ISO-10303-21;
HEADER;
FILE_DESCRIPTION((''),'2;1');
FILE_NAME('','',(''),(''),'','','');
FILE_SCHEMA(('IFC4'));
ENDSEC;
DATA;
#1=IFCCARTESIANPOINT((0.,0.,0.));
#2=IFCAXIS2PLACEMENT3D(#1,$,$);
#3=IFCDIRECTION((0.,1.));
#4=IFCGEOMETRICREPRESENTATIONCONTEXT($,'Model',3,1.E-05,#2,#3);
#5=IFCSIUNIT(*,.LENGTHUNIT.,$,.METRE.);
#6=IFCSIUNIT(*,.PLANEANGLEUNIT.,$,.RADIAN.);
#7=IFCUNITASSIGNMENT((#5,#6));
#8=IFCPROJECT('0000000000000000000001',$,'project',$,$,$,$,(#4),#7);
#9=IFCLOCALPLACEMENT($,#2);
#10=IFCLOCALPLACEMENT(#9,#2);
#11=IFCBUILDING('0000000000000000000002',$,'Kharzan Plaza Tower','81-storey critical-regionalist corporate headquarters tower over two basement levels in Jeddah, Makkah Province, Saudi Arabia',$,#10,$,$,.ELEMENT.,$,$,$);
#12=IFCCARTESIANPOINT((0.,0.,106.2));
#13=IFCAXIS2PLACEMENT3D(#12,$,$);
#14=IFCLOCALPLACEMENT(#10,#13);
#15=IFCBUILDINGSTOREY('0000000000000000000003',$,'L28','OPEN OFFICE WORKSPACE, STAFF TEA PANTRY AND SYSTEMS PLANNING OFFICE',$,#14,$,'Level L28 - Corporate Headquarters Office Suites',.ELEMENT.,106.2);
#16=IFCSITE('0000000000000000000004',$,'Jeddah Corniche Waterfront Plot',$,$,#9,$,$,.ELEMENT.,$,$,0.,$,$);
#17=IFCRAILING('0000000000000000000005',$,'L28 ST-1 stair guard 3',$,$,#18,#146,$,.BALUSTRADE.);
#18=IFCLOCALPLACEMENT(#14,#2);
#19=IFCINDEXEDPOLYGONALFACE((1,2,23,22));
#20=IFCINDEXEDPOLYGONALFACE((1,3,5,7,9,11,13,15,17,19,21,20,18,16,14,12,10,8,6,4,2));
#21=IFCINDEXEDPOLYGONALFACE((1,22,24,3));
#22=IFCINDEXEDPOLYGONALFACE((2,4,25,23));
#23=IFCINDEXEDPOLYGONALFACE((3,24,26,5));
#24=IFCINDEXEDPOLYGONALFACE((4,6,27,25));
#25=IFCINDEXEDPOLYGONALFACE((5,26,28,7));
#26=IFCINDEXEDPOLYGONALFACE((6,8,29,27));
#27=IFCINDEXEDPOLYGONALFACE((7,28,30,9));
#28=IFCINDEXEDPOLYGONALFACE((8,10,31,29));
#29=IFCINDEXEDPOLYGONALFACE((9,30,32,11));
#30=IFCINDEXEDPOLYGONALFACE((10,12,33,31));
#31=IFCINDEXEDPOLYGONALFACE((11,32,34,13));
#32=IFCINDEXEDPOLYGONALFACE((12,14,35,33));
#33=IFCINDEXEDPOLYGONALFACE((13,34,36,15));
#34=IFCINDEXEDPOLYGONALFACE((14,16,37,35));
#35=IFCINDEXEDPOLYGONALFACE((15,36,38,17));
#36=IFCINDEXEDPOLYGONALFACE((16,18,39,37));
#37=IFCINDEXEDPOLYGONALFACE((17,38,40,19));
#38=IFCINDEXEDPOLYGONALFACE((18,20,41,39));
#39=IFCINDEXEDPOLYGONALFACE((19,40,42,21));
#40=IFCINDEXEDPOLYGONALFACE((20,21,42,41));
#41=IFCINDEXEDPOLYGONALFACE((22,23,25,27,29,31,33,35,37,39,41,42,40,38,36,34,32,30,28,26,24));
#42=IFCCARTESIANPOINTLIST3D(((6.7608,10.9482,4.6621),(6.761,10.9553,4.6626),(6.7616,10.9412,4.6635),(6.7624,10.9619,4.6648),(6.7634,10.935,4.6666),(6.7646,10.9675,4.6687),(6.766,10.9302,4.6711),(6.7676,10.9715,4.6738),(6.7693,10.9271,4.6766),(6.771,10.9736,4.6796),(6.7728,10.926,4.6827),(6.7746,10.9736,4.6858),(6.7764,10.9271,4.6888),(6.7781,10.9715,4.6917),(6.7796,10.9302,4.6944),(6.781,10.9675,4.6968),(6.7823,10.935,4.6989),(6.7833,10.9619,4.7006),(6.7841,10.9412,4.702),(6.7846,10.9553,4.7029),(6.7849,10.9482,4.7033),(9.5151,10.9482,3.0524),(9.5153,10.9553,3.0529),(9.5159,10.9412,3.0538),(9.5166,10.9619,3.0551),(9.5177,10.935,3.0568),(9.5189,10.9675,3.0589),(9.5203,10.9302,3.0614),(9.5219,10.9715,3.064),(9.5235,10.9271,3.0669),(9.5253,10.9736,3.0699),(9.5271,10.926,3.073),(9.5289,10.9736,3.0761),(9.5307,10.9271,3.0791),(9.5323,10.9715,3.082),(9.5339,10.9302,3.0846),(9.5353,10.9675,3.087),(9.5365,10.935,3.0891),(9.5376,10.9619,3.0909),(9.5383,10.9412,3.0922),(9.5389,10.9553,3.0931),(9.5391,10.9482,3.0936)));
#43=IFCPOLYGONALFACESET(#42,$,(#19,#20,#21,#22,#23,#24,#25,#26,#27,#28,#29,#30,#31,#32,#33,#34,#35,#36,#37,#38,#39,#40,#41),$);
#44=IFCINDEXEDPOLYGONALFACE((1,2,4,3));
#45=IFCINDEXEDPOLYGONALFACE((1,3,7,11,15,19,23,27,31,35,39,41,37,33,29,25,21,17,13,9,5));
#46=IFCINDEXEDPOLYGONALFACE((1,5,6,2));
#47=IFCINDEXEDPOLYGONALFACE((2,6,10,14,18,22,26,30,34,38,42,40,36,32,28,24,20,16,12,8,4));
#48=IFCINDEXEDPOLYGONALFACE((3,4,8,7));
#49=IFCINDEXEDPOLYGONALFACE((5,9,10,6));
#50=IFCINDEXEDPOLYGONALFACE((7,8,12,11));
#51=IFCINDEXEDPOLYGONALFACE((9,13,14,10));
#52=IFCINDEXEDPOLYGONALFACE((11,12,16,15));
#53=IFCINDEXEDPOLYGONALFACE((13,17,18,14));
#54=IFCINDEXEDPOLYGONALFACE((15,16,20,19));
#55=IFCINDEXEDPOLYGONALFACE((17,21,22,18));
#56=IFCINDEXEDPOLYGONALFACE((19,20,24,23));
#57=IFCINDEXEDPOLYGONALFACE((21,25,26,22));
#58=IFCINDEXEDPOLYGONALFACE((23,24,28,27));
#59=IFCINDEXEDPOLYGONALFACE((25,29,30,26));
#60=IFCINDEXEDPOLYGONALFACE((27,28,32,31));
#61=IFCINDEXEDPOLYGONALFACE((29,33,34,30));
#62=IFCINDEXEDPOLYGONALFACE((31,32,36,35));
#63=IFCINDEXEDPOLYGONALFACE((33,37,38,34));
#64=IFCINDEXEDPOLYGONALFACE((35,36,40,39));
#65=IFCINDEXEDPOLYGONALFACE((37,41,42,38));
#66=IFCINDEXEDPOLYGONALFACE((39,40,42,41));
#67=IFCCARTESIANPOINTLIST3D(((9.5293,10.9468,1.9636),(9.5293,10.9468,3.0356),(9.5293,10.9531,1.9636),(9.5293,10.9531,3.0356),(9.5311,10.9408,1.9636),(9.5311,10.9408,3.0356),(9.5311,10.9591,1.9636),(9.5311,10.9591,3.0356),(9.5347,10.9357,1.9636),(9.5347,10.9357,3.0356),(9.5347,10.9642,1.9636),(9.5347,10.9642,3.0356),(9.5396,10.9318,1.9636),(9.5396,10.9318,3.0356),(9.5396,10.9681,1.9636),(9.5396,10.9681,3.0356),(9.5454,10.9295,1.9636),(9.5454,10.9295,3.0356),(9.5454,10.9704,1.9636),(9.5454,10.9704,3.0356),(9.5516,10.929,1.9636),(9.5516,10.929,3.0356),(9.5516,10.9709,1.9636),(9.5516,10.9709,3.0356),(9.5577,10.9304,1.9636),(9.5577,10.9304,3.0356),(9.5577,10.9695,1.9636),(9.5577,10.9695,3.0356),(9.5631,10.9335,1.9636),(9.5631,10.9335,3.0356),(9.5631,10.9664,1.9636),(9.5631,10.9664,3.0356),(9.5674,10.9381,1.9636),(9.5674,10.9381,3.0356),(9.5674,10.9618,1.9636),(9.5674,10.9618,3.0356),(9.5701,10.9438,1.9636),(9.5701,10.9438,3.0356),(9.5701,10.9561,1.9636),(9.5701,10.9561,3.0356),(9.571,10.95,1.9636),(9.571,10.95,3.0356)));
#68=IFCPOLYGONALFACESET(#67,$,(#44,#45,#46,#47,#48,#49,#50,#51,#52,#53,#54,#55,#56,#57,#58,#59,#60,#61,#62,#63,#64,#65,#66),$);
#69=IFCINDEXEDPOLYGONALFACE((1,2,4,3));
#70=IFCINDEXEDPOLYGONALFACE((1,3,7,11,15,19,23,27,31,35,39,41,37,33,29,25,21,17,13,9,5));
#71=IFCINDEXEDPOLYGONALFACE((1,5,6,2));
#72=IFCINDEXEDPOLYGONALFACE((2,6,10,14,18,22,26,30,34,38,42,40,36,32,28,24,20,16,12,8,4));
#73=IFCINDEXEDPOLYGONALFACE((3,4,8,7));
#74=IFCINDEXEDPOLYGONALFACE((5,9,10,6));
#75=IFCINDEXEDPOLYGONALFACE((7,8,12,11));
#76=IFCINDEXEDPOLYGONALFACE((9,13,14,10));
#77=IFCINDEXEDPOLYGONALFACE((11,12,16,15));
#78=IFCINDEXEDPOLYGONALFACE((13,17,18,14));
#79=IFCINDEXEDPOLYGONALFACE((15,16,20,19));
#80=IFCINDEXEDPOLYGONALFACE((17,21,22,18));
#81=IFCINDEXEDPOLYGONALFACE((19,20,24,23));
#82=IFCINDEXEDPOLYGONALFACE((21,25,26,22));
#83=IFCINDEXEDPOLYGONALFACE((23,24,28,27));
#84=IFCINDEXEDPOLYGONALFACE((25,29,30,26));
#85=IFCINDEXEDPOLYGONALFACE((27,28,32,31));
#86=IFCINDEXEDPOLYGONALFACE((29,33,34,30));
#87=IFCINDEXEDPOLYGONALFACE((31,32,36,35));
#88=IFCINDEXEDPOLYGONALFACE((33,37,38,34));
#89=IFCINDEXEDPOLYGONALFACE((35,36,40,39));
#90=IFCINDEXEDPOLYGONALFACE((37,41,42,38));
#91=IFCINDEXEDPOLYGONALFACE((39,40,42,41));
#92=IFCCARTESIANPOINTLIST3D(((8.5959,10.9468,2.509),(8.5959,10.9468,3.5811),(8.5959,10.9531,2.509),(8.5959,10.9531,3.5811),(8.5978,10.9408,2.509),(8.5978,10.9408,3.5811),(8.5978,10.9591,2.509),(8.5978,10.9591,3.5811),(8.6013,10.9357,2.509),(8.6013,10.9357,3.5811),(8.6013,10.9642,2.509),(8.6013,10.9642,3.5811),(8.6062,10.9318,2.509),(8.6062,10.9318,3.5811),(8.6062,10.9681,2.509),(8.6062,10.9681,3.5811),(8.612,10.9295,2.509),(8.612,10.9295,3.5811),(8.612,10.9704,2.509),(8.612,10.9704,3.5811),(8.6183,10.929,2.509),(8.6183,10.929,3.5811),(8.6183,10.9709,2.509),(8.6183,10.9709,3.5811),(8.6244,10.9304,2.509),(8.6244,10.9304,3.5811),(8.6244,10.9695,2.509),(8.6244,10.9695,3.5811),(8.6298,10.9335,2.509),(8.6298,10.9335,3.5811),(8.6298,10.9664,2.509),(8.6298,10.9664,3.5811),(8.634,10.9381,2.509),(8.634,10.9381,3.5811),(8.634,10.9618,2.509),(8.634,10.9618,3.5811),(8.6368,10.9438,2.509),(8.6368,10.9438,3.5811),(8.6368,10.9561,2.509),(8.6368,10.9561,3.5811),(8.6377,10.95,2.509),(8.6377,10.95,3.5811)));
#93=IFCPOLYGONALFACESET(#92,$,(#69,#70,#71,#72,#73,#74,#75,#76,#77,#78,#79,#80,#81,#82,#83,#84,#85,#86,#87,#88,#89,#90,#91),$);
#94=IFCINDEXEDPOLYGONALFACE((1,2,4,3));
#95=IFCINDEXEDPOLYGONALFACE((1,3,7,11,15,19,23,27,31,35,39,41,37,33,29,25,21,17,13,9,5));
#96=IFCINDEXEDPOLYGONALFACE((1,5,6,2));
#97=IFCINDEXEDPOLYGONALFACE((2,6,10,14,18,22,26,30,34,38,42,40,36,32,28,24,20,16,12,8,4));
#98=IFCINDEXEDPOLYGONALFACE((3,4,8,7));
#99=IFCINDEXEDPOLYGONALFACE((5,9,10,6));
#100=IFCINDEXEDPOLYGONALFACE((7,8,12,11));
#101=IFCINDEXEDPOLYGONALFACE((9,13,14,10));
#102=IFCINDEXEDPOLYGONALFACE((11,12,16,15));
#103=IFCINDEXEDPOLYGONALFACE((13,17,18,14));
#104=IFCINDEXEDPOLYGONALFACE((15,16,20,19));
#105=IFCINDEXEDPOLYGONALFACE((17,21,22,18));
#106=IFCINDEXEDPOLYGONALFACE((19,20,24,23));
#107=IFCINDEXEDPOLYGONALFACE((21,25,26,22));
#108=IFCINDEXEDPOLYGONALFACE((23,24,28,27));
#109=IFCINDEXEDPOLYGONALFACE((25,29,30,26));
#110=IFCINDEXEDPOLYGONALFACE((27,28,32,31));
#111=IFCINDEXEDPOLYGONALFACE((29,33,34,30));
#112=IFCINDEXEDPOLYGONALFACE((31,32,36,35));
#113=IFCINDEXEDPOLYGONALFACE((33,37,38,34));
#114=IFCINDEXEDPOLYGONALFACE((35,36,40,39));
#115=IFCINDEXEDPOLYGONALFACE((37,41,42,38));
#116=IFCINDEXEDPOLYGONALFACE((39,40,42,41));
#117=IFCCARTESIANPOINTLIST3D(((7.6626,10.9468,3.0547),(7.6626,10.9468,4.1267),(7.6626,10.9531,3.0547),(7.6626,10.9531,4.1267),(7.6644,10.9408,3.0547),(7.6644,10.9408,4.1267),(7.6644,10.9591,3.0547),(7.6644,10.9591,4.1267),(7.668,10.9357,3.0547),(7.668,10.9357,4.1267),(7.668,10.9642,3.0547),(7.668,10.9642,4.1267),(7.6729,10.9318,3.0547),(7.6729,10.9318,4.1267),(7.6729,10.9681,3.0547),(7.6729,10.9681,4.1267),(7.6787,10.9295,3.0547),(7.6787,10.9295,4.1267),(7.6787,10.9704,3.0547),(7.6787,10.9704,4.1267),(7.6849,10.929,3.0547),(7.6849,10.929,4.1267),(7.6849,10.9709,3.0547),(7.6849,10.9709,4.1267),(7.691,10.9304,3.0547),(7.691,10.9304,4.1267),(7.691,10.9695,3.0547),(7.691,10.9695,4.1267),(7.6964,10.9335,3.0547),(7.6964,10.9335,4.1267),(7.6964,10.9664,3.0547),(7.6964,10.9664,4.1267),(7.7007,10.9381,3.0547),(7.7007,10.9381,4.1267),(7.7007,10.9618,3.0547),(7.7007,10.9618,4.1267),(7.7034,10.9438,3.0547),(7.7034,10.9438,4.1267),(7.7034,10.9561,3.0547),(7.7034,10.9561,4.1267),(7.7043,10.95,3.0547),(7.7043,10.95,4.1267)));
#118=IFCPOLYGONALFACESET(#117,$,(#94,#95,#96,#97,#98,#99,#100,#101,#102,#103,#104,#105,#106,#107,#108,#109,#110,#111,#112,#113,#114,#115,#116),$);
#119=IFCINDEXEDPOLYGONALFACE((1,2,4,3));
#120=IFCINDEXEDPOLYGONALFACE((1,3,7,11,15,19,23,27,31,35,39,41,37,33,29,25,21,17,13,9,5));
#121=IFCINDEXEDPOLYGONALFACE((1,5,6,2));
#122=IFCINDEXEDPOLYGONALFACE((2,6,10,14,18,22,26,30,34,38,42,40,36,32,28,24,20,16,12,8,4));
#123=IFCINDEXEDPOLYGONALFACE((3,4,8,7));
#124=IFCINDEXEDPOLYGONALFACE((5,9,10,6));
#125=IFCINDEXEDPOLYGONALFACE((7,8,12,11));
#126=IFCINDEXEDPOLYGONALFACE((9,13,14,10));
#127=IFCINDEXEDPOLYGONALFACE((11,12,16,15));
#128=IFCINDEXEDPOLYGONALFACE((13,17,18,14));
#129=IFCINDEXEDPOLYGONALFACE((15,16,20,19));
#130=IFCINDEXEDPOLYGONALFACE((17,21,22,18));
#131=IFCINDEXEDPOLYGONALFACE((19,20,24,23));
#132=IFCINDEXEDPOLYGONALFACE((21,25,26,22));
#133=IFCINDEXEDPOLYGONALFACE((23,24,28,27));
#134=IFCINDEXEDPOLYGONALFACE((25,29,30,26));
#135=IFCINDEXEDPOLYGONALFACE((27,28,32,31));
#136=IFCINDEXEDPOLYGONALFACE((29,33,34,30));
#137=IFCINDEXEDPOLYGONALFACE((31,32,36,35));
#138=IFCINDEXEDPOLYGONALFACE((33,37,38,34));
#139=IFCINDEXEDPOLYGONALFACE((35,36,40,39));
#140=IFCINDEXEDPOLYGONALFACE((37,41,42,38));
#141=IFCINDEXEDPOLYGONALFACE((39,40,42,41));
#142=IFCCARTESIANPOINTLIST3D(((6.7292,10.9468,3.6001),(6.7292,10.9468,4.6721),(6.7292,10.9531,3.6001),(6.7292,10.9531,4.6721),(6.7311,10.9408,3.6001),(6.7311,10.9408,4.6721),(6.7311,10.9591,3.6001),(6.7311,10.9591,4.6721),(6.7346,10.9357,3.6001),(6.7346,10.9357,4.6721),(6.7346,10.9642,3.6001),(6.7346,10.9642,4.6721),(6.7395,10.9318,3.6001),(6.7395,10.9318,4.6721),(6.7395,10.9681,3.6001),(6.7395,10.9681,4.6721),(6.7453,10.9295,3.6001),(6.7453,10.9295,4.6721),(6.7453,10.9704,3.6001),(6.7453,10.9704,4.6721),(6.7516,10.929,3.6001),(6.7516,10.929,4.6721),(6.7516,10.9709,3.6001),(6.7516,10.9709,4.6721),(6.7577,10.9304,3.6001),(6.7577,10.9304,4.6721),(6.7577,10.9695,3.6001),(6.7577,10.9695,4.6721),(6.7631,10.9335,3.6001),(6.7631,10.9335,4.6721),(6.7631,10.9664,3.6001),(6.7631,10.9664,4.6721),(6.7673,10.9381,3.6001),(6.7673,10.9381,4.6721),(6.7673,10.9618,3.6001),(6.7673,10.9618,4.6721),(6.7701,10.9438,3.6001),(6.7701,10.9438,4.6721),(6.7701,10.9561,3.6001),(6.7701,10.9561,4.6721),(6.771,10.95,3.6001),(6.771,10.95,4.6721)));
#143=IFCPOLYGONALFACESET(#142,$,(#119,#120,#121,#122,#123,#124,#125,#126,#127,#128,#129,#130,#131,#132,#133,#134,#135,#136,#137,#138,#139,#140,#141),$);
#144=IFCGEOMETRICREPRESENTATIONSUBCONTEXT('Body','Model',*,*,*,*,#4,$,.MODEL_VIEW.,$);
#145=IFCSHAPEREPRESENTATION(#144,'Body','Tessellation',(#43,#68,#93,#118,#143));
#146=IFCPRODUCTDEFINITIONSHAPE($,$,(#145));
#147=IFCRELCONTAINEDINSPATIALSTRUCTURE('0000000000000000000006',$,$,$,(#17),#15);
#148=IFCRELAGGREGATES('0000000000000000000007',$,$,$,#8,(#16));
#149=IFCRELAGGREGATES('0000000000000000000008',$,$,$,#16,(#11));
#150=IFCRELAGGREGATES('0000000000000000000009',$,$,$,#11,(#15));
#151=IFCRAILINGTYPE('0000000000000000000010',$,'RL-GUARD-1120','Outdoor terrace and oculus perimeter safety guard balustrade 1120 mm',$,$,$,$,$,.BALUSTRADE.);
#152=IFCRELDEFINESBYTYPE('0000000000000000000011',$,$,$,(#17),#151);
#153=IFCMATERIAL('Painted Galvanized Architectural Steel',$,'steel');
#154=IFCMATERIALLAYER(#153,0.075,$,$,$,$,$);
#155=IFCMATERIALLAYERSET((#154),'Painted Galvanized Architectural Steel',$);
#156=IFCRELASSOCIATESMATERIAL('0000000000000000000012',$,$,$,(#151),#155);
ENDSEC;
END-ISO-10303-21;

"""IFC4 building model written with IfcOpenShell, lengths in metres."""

from ifc_helpers import new_model, si_unit, direction, frame, origin, origin_2d, place, context, subcontext, project, spatial, circle, extrude, source, transform, mapped, material, layer, layer_set, type_object, element, save


model = new_model("IFC4")

# Units and contexts
model_context = context("Model", 3, precision=1e-05, world=origin(), true_north=direction((0.0, 1.0)))
body_context = subcontext(model_context, "Body", "Model", "MODEL_VIEW")
ifc_project = project(units=[si_unit("LENGTHUNIT", "METRE"), si_unit("PLANEANGLEUNIT", "RADIAN")], contexts=[model_context])

# Site, building, storey
site_placement = place(None, origin())
site = spatial("IfcSite", under=ifc_project, at=site_placement, Name="Jeddah Corniche Waterfront Plot", CompositionType="ELEMENT", RefElevation=0.0)
building_placement = place(site_placement, origin())
building = spatial("IfcBuilding", under=site, at=building_placement, Name="Kharzan Plaza Tower", Description="81-storey critical-regionalist corporate headquarters tower over two basement levels in Jeddah, Makkah Province, Saudi Arabia", CompositionType="ELEMENT")
storey_placement = place(building_placement, frame((0.0, 0.0, 106.2)))
storey = spatial("IfcBuildingStorey", under=building, at=storey_placement, Name="L28", Description="OPEN OFFICE WORKSPACE, STAFF TEA PANTRY AND SYSTEMS PLANNING OFFICE", LongName="Level L28 - Corporate Headquarters Office Suites", CompositionType="ELEMENT", Elevation=106.2)

# Railing
ifc_material_1 = material(Name="Painted Galvanized Architectural Steel", Category="steel")
ifc_layer_1 = layer(ifc_material_1, 0.075)
ifc_layer_set_1 = layer_set([ifc_layer_1], Name="Painted Galvanized Architectural Steel")
railing_type = type_object("IfcRailingType", Name="RL-GUARD-1120", Description="Outdoor terrace and oculus perimeter safety guard balustrade 1120 mm", PredefinedType="BALUSTRADE", material=ifc_layer_set_1)
shared_shape_1 = source(origin(), body_context, "Body", "SweptSolid", [
    extrude(circle(Radius=0.0239, at=origin_2d()), frame((-0.0229, 0.0, 1.1094), z_axis=(-0.863361, 0.0, 0.504587), x_axis=(0.0, -1.0, 0.0)), (0.0, 0.0, 1.0), 3.1902),
    extrude(circle(Radius=0.021, at=origin_2d()), origin(), (0.0, 0.0, 1.0), 1.072),
    extrude(circle(Radius=0.021, at=origin_2d()), frame((-0.9333, 0.0, 0.5454)), (0.0, 0.0, 1.0), 1.072),
    extrude(circle(Radius=0.021, at=origin_2d()), frame((-1.8667, 0.0, 1.0911)), (0.0, 0.0, 1.0), 1.072),
    extrude(circle(Radius=0.021, at=origin_2d()), frame((-2.8, 0.0, 1.6365)), (0.0, 0.0, 1.0), 1.072),
])
railing_1_placement = place(storey_placement, frame((9.55, 10.95, 1.9636)))
element("IfcRailing", 1, at=railing_1_placement, inside=storey, type_object=railing_type, Name="L28 ST-1 stair guard 3", PredefinedType="BALUSTRADE", context=body_context, shape_type="MappedRepresentation", body=[
    mapped(shared_shape_1, transform((0.0, 0.0, 0.0), x_axis=(1.0, 0.0, 0.0), y_axis=(0.0, 1.0, 0.0), z_axis=(0.0, 0.0, 1.0))),
])

save(model, "model.ifc")
